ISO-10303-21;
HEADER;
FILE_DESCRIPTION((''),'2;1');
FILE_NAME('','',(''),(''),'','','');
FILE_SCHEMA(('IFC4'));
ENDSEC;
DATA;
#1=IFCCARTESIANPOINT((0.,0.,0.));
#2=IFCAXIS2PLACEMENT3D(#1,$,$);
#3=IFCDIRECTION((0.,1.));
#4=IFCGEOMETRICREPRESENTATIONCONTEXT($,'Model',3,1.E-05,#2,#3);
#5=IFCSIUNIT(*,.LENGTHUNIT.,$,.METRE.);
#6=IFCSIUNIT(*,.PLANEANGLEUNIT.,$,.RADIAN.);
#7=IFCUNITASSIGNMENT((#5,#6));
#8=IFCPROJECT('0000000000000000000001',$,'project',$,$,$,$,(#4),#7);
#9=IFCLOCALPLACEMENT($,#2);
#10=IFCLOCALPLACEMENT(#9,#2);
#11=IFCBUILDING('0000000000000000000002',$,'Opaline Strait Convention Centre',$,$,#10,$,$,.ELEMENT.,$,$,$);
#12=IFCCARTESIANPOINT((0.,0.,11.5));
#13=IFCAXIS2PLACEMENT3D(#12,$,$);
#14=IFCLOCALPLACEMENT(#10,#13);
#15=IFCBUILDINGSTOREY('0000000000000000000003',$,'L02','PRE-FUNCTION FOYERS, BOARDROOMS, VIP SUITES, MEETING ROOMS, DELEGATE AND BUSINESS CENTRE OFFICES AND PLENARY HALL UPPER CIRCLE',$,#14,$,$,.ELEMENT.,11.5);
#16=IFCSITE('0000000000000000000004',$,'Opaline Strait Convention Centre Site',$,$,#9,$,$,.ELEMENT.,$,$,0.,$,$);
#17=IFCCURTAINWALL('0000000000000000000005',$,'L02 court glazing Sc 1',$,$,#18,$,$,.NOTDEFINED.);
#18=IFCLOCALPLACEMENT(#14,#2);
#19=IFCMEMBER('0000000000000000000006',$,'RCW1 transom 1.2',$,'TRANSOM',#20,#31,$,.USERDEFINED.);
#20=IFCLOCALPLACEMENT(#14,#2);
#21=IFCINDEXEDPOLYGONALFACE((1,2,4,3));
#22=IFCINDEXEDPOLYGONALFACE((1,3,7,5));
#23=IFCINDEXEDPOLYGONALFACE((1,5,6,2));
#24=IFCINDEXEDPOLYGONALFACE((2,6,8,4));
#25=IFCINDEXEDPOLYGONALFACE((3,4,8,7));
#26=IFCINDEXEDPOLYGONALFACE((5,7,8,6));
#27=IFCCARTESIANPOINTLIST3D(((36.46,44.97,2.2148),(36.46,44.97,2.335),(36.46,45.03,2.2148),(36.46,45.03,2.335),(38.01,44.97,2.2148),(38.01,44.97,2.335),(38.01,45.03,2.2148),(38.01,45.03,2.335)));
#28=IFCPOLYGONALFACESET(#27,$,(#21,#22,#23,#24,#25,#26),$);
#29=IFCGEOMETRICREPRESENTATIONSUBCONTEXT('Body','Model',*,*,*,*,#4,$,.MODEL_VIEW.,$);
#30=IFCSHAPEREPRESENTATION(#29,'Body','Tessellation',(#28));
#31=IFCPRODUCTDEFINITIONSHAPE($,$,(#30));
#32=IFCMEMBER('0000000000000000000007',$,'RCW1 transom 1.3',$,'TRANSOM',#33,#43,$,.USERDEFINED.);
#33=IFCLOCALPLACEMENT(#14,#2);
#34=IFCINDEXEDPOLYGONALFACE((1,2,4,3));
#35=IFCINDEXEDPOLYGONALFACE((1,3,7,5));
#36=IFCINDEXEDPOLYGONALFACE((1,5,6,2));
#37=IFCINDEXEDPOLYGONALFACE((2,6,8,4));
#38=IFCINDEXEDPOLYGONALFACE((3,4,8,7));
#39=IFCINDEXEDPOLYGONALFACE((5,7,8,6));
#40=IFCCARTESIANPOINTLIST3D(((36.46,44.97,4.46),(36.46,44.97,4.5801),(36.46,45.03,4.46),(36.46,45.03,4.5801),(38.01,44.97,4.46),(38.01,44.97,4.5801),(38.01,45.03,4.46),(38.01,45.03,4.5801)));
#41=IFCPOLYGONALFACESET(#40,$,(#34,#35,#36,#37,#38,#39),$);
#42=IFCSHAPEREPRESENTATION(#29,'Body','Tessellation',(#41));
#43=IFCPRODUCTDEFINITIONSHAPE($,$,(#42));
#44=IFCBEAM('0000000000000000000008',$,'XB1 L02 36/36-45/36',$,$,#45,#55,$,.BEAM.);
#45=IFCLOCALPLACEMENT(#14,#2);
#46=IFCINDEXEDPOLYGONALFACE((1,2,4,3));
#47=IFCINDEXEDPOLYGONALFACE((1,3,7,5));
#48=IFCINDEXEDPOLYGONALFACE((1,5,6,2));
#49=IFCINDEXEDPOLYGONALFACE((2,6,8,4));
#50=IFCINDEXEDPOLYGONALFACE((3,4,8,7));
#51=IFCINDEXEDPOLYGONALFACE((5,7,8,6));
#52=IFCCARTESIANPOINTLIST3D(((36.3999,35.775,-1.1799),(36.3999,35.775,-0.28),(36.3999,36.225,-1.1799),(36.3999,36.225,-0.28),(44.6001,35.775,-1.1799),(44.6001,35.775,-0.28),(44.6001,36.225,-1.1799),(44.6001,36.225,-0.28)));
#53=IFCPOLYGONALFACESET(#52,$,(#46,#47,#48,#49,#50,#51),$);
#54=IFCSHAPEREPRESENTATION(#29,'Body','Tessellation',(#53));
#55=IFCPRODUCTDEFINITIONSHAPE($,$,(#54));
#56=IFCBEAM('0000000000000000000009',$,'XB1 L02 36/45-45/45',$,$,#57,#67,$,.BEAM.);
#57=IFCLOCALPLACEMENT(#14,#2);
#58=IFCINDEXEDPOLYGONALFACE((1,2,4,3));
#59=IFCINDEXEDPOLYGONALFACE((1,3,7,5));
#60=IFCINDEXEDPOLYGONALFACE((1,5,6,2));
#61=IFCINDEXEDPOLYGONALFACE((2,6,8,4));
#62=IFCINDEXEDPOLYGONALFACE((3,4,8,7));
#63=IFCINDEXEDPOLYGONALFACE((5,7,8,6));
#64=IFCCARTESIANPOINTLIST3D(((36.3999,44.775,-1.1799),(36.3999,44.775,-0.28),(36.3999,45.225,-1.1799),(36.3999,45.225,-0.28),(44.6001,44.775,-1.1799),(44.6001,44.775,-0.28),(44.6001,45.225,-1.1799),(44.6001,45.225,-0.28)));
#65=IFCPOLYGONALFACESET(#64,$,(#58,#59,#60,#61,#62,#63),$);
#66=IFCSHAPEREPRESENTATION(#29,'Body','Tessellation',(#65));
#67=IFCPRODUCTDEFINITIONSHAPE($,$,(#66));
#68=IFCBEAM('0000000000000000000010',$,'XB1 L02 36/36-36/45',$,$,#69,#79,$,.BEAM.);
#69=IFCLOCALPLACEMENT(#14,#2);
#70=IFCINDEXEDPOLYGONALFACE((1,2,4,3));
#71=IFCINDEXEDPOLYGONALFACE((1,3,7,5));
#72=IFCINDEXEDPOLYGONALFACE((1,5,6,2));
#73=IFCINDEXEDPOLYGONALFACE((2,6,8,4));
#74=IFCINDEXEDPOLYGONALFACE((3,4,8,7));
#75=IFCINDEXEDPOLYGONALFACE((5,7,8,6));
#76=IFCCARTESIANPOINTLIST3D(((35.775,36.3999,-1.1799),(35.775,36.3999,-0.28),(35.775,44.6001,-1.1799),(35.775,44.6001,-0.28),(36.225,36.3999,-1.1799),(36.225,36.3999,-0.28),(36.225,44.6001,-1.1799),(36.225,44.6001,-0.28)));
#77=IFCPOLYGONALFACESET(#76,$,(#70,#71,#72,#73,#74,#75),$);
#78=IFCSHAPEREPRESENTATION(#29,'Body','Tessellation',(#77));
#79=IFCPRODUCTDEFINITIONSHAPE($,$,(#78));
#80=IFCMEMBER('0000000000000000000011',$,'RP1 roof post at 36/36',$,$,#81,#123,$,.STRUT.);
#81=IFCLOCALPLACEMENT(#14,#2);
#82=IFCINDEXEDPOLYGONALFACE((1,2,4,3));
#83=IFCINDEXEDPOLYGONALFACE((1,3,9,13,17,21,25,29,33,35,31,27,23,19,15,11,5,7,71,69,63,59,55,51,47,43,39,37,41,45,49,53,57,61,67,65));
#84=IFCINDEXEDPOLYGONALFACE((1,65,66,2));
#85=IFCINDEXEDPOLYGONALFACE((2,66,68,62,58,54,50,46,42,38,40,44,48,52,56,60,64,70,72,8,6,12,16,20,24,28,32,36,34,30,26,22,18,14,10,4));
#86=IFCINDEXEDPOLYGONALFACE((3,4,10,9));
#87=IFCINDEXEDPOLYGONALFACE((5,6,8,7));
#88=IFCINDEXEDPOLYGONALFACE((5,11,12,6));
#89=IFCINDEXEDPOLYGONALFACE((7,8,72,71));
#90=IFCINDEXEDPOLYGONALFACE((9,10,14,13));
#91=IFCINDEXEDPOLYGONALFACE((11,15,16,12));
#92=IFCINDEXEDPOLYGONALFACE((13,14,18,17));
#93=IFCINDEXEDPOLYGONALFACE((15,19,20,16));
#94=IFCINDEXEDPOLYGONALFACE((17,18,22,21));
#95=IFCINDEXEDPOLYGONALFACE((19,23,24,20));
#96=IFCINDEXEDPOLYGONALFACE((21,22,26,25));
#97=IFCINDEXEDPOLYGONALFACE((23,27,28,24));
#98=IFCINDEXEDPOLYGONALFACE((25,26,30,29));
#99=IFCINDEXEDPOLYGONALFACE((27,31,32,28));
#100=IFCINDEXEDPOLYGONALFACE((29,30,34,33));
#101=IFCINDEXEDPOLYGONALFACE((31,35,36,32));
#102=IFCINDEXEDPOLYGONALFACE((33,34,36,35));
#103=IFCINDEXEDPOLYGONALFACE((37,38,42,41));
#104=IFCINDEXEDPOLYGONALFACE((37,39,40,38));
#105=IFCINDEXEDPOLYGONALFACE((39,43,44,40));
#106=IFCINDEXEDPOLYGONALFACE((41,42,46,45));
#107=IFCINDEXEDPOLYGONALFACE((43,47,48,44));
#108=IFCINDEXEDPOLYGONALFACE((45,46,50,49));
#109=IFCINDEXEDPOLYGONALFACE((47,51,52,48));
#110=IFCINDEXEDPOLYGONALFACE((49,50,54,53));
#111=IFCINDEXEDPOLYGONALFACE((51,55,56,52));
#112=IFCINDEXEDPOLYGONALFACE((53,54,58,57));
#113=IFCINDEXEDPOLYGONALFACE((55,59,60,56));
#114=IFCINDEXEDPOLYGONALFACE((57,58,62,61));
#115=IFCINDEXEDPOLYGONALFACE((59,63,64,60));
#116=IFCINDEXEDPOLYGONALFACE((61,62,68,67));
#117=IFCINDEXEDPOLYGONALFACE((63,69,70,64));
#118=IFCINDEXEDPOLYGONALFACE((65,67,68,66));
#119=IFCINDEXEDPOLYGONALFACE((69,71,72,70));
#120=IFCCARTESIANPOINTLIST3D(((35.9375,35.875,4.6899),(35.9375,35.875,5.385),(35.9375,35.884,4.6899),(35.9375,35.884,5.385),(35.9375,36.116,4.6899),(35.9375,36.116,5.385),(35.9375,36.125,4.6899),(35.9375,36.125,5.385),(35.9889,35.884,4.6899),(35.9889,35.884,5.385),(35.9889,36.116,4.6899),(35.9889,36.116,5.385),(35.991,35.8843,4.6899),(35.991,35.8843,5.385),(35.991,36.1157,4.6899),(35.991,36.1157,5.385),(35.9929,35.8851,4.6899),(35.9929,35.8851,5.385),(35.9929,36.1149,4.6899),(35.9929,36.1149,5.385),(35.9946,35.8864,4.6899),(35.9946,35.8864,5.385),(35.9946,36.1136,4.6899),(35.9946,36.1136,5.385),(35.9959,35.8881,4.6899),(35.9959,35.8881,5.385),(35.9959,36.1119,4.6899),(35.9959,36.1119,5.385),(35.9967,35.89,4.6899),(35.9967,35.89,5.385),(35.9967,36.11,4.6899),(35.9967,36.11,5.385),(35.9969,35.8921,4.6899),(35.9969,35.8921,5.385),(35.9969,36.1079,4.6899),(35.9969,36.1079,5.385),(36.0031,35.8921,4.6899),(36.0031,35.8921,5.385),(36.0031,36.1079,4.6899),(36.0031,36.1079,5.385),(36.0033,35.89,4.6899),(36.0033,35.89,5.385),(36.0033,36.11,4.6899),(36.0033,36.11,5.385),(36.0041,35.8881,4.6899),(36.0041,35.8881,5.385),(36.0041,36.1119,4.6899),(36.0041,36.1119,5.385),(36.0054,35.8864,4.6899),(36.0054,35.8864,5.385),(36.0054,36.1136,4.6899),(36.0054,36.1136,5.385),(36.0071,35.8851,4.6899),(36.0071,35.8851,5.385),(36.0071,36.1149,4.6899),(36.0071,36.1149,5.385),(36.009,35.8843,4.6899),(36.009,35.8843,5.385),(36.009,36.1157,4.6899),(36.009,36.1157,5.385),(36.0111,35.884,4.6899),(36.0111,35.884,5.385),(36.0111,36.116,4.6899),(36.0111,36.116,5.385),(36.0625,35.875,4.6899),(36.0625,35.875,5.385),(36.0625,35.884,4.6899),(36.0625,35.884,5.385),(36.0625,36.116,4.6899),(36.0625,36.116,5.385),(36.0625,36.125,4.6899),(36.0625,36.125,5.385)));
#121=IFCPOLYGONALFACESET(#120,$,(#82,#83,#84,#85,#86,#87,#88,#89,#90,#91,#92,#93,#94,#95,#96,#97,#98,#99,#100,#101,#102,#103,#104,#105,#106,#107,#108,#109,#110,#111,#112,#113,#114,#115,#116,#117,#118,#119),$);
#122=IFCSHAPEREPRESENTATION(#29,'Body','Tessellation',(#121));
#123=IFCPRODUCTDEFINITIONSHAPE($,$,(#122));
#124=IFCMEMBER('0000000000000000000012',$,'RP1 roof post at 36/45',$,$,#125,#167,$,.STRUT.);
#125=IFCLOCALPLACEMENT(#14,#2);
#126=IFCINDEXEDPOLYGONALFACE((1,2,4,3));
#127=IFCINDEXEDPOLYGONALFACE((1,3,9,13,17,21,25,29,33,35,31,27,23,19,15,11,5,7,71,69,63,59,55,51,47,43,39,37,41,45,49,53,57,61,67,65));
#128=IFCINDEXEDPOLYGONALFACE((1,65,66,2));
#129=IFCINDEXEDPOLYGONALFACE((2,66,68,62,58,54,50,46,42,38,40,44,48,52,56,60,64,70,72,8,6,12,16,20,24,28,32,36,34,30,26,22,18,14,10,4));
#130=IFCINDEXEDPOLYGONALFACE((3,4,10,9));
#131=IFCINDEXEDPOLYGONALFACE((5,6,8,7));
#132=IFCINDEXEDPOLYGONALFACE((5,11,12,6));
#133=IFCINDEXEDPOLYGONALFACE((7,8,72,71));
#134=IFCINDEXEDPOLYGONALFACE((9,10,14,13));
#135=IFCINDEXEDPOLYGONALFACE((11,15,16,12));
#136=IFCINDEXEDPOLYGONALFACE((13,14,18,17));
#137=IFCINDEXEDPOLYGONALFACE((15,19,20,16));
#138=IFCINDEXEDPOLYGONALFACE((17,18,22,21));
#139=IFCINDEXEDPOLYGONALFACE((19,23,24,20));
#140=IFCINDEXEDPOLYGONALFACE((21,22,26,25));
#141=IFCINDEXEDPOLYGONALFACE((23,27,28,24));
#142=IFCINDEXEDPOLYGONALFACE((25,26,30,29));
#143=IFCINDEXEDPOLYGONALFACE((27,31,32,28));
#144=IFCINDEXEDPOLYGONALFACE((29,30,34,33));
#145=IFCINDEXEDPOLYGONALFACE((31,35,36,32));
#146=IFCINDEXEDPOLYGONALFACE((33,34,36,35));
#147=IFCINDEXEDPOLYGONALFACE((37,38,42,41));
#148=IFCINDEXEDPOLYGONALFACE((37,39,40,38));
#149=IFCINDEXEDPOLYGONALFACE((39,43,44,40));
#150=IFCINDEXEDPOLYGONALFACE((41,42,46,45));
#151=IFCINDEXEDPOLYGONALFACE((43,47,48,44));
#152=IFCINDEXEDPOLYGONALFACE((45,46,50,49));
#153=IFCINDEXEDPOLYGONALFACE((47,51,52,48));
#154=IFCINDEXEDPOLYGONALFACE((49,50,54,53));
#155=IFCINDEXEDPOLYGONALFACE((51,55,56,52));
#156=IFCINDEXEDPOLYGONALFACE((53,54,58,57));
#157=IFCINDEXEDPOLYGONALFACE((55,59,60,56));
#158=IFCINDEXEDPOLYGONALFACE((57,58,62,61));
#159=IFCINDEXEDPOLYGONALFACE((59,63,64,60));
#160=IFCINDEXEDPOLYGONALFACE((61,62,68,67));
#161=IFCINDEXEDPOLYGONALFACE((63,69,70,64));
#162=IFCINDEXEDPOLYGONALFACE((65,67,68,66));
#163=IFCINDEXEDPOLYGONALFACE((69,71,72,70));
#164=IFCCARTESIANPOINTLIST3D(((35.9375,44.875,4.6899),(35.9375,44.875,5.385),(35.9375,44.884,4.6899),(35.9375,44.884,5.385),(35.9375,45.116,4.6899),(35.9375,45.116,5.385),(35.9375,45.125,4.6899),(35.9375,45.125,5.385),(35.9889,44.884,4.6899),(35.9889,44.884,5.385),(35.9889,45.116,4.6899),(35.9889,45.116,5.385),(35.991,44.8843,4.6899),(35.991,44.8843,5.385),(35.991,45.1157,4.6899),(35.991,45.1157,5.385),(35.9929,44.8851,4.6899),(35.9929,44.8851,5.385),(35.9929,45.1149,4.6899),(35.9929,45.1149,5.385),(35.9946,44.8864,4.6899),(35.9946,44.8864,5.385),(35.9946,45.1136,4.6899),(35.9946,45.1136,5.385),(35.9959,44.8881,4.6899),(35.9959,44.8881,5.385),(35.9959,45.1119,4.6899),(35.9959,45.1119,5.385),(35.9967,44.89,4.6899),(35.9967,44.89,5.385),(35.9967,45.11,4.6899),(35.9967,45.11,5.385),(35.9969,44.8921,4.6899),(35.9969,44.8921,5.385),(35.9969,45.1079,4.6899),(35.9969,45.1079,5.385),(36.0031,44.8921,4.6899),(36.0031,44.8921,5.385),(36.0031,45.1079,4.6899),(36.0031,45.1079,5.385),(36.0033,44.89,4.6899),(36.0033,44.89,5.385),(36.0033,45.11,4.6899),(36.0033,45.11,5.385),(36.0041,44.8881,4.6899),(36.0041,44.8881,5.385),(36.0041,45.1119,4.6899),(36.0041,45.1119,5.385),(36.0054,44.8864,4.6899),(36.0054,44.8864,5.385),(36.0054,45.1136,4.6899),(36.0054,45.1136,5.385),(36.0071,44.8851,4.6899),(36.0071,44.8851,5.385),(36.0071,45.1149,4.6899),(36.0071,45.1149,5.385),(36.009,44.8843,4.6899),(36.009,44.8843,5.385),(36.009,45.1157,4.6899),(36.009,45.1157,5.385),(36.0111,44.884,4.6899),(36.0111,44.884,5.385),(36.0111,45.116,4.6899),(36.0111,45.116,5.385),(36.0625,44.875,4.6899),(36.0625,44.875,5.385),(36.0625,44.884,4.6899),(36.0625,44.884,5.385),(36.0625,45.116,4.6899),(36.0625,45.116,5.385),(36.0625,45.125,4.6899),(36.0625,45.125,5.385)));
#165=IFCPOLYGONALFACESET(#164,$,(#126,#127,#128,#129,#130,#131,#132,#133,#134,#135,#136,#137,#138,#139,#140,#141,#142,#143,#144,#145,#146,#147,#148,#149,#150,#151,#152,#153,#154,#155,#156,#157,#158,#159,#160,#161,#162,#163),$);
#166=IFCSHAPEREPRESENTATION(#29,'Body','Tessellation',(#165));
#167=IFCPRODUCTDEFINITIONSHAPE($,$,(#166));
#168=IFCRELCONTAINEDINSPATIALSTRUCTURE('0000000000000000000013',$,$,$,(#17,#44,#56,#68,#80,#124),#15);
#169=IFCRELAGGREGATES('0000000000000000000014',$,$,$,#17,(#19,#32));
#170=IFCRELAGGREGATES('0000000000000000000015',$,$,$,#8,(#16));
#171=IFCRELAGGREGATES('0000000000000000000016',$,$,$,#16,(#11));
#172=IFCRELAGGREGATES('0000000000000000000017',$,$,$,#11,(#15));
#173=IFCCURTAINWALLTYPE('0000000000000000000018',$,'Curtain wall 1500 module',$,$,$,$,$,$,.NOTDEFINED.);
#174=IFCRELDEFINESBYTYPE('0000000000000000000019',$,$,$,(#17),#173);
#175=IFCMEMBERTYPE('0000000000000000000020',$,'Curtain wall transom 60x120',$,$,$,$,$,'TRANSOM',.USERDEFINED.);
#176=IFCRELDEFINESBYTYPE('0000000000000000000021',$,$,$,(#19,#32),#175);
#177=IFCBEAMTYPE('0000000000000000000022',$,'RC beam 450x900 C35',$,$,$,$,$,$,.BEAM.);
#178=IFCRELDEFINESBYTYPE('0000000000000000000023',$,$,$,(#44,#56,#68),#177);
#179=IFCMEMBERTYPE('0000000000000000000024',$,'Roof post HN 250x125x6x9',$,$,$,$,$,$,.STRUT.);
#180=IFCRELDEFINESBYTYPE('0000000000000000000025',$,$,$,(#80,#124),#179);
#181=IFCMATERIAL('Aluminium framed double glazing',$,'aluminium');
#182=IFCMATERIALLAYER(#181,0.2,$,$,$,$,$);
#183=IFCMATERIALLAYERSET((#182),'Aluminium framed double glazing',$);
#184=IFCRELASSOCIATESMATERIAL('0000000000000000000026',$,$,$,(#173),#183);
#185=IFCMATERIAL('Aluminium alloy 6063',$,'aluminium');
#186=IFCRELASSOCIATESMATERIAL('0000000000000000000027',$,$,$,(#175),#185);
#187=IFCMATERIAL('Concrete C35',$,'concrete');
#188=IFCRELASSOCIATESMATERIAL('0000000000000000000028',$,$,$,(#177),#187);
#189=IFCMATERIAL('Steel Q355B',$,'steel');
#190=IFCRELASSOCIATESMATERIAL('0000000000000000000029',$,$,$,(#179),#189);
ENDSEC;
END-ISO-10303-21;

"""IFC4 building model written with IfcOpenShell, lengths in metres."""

from ifc_helpers import new_model, si_unit, direction, frame, origin, origin_2d, place, context, subcontext, project, spatial, rectangle, i_section, extrude, material, layer, layer_set, material_profile, profile_set, type_object, element, aggregate, save


model = new_model("IFC4")

# Units and contexts
model_context = context("Model", 3, precision=1e-05, world=origin(), true_north=direction((0.0, 1.0)))
body_context = subcontext(model_context, "Body", "Model", "MODEL_VIEW")
ifc_project = project(units=[si_unit("LENGTHUNIT", "METRE"), si_unit("PLANEANGLEUNIT", "RADIAN")], contexts=[model_context])

# Site, building, storey
site_placement = place(None, origin())
site = spatial("IfcSite", under=ifc_project, at=site_placement, Name="Opaline Strait Convention Centre Site", CompositionType="ELEMENT", RefElevation=0.0)
building_placement = place(site_placement, origin())
building = spatial("IfcBuilding", under=site, at=building_placement, Name="Opaline Strait Convention Centre", CompositionType="ELEMENT")
storey_placement = place(building_placement, frame((0.0, 0.0, 11.5)))
storey = spatial("IfcBuildingStorey", under=building, at=storey_placement, Name="L02", Description="PRE-FUNCTION FOYERS, BOARDROOMS, VIP SUITES, MEETING ROOMS, DELEGATE AND BUSINESS CENTRE OFFICES AND PLENARY HALL UPPER CIRCLE", CompositionType="ELEMENT", Elevation=11.5)

# Shared definitions
ifc_material_1 = material(Name="Steel Q355B", Category="steel")

# Curtain wall, members
ifc_material_2 = material(Name="Aluminium framed double glazing", Category="aluminium")
ifc_layer_1 = layer(ifc_material_2, 0.2)
ifc_layer_set_1 = layer_set([ifc_layer_1], Name="Aluminium framed double glazing")
curtain_wall_type = type_object("IfcCurtainWallType", Name="Curtain wall 1500 module", PredefinedType="NOTDEFINED", material=ifc_layer_set_1)
curtain_wall_placement = place(storey_placement, origin())
curtain_wall = element("IfcCurtainWall", 1, at=curtain_wall_placement, inside=storey, type_object=curtain_wall_type, Name="L02 court glazing Sc 1", PredefinedType="NOTDEFINED")
ifc_material_3 = material(Name="Aluminium alloy 6063", Category="aluminium")
ifc_material_profile_1 = material_profile(ifc_material_3, rectangle(XDim=0.0601, YDim=0.1201, at=origin_2d()), Name="Curtain wall transom 60x120")
ifc_profile_set_1 = profile_set([ifc_material_profile_1], Name="Aluminium alloy 6063")
member_type_1 = type_object("IfcMemberType", Name="Curtain wall transom 60x120", ElementType="TRANSOM", PredefinedType="USERDEFINED", material=ifc_profile_set_1)
member_1_placement = place(storey_placement, frame((36.46, 45.0, 2.2749), z_axis=(1.0, 0.0, 0.0), x_axis=(0.0, 1.0, 0.0)))
member_1 = element("IfcMember", 2, at=member_1_placement, type_object=member_type_1, Name="RCW1 transom 1.2", ObjectType="TRANSOM", PredefinedType="USERDEFINED", context=body_context, shape_type="SweptSolid", body=[
    extrude(rectangle(XDim=0.0601, YDim=0.1201, at=origin_2d()), origin(), (0.0, 0.0, 1.0), 1.55),
])
member_2_placement = place(storey_placement, frame((36.46, 45.0, 4.52), z_axis=(1.0, 0.0, 0.0), x_axis=(0.0, 1.0, 0.0)))
member_2 = element("IfcMember", 3, at=member_2_placement, type_object=member_type_1, Name="RCW1 transom 1.3", ObjectType="TRANSOM", PredefinedType="USERDEFINED", context=body_context, shape_type="SweptSolid", body=[
    extrude(rectangle(XDim=0.0601, YDim=0.1201, at=origin_2d()), origin(), (0.0, 0.0, 1.0), 1.55),
])
aggregate(curtain_wall, [member_1, member_2])

# Beams
ifc_material_4 = material(Name="Concrete C35", Category="concrete")
ifc_material_profile_2 = material_profile(ifc_material_4, rectangle(XDim=0.45, YDim=0.8999, at=origin_2d()), Name="RC 450x900")
ifc_profile_set_2 = profile_set([ifc_material_profile_2], Name="Concrete C35")
beam_type = type_object("IfcBeamType", Name="RC beam 450x900 C35", PredefinedType="BEAM", material=ifc_profile_set_2)
for number, where, z_axis, x_axis, name in (
    (4, (36.3999, 36.0, -0.73), (1.0, 0.0, 0.0), (0.0, 1.0, 0.0), "XB1 L02 36/36-45/36"),
    (5, (36.3999, 45.0, -0.73), (1.0, 0.0, 0.0), (0.0, 1.0, 0.0), "XB1 L02 36/45-45/45"),
    (6, (36.0, 36.3999, -0.73), (0.0, 1.0, 0.0), (-1.0, 0.0, 0.0), "XB1 L02 36/36-36/45"),
):
    element("IfcBeam", number, at=place(storey_placement, frame(where, z_axis=z_axis, x_axis=x_axis)), inside=storey, type_object=beam_type, Name=name, PredefinedType="BEAM", context=body_context, shape_type="SweptSolid", body=[
        extrude(rectangle(XDim=0.45, YDim=0.8999, at=origin_2d()), origin(), (0.0, 0.0, 1.0), 8.2002),
    ])

# Members
ifc_material_profile_3 = material_profile(ifc_material_1, i_section(OverallWidth=0.125, OverallDepth=0.25, WebThickness=0.0061, FlangeThickness=0.009, FilletRadius=0.0081, at=origin_2d()), Name="HN 250x125x6x9")
ifc_profile_set_3 = profile_set([ifc_material_profile_3], Name="Steel Q355B")
member_type_2 = type_object("IfcMemberType", Name="Roof post HN 250x125x6x9", PredefinedType="STRUT", material=ifc_profile_set_3)
for number, where, z_axis, x_axis, name in (
    (7, (36.0, 36.0, 4.6899), (0.0, 0.0, 1.0), (1.0, 0.0, 0.0), "RP1 roof post at 36/36"),
    (8, (36.0, 45.0, 4.6899), (0.0, 0.0, 1.0), (1.0, 0.0, 0.0), "RP1 roof post at 36/45"),
):
    element("IfcMember", number, at=place(storey_placement, frame(where, z_axis=z_axis, x_axis=x_axis)), inside=storey, type_object=member_type_2, Name=name, PredefinedType="STRUT", context=body_context, shape_type="SweptSolid", body=[
        extrude(i_section(OverallWidth=0.125, OverallDepth=0.25, WebThickness=0.0061, FlangeThickness=0.009, FilletRadius=0.0081, at=origin_2d()), origin(), (0.0, 0.0, 1.0), 0.6951),
    ])

save(model, "model.ifc")
